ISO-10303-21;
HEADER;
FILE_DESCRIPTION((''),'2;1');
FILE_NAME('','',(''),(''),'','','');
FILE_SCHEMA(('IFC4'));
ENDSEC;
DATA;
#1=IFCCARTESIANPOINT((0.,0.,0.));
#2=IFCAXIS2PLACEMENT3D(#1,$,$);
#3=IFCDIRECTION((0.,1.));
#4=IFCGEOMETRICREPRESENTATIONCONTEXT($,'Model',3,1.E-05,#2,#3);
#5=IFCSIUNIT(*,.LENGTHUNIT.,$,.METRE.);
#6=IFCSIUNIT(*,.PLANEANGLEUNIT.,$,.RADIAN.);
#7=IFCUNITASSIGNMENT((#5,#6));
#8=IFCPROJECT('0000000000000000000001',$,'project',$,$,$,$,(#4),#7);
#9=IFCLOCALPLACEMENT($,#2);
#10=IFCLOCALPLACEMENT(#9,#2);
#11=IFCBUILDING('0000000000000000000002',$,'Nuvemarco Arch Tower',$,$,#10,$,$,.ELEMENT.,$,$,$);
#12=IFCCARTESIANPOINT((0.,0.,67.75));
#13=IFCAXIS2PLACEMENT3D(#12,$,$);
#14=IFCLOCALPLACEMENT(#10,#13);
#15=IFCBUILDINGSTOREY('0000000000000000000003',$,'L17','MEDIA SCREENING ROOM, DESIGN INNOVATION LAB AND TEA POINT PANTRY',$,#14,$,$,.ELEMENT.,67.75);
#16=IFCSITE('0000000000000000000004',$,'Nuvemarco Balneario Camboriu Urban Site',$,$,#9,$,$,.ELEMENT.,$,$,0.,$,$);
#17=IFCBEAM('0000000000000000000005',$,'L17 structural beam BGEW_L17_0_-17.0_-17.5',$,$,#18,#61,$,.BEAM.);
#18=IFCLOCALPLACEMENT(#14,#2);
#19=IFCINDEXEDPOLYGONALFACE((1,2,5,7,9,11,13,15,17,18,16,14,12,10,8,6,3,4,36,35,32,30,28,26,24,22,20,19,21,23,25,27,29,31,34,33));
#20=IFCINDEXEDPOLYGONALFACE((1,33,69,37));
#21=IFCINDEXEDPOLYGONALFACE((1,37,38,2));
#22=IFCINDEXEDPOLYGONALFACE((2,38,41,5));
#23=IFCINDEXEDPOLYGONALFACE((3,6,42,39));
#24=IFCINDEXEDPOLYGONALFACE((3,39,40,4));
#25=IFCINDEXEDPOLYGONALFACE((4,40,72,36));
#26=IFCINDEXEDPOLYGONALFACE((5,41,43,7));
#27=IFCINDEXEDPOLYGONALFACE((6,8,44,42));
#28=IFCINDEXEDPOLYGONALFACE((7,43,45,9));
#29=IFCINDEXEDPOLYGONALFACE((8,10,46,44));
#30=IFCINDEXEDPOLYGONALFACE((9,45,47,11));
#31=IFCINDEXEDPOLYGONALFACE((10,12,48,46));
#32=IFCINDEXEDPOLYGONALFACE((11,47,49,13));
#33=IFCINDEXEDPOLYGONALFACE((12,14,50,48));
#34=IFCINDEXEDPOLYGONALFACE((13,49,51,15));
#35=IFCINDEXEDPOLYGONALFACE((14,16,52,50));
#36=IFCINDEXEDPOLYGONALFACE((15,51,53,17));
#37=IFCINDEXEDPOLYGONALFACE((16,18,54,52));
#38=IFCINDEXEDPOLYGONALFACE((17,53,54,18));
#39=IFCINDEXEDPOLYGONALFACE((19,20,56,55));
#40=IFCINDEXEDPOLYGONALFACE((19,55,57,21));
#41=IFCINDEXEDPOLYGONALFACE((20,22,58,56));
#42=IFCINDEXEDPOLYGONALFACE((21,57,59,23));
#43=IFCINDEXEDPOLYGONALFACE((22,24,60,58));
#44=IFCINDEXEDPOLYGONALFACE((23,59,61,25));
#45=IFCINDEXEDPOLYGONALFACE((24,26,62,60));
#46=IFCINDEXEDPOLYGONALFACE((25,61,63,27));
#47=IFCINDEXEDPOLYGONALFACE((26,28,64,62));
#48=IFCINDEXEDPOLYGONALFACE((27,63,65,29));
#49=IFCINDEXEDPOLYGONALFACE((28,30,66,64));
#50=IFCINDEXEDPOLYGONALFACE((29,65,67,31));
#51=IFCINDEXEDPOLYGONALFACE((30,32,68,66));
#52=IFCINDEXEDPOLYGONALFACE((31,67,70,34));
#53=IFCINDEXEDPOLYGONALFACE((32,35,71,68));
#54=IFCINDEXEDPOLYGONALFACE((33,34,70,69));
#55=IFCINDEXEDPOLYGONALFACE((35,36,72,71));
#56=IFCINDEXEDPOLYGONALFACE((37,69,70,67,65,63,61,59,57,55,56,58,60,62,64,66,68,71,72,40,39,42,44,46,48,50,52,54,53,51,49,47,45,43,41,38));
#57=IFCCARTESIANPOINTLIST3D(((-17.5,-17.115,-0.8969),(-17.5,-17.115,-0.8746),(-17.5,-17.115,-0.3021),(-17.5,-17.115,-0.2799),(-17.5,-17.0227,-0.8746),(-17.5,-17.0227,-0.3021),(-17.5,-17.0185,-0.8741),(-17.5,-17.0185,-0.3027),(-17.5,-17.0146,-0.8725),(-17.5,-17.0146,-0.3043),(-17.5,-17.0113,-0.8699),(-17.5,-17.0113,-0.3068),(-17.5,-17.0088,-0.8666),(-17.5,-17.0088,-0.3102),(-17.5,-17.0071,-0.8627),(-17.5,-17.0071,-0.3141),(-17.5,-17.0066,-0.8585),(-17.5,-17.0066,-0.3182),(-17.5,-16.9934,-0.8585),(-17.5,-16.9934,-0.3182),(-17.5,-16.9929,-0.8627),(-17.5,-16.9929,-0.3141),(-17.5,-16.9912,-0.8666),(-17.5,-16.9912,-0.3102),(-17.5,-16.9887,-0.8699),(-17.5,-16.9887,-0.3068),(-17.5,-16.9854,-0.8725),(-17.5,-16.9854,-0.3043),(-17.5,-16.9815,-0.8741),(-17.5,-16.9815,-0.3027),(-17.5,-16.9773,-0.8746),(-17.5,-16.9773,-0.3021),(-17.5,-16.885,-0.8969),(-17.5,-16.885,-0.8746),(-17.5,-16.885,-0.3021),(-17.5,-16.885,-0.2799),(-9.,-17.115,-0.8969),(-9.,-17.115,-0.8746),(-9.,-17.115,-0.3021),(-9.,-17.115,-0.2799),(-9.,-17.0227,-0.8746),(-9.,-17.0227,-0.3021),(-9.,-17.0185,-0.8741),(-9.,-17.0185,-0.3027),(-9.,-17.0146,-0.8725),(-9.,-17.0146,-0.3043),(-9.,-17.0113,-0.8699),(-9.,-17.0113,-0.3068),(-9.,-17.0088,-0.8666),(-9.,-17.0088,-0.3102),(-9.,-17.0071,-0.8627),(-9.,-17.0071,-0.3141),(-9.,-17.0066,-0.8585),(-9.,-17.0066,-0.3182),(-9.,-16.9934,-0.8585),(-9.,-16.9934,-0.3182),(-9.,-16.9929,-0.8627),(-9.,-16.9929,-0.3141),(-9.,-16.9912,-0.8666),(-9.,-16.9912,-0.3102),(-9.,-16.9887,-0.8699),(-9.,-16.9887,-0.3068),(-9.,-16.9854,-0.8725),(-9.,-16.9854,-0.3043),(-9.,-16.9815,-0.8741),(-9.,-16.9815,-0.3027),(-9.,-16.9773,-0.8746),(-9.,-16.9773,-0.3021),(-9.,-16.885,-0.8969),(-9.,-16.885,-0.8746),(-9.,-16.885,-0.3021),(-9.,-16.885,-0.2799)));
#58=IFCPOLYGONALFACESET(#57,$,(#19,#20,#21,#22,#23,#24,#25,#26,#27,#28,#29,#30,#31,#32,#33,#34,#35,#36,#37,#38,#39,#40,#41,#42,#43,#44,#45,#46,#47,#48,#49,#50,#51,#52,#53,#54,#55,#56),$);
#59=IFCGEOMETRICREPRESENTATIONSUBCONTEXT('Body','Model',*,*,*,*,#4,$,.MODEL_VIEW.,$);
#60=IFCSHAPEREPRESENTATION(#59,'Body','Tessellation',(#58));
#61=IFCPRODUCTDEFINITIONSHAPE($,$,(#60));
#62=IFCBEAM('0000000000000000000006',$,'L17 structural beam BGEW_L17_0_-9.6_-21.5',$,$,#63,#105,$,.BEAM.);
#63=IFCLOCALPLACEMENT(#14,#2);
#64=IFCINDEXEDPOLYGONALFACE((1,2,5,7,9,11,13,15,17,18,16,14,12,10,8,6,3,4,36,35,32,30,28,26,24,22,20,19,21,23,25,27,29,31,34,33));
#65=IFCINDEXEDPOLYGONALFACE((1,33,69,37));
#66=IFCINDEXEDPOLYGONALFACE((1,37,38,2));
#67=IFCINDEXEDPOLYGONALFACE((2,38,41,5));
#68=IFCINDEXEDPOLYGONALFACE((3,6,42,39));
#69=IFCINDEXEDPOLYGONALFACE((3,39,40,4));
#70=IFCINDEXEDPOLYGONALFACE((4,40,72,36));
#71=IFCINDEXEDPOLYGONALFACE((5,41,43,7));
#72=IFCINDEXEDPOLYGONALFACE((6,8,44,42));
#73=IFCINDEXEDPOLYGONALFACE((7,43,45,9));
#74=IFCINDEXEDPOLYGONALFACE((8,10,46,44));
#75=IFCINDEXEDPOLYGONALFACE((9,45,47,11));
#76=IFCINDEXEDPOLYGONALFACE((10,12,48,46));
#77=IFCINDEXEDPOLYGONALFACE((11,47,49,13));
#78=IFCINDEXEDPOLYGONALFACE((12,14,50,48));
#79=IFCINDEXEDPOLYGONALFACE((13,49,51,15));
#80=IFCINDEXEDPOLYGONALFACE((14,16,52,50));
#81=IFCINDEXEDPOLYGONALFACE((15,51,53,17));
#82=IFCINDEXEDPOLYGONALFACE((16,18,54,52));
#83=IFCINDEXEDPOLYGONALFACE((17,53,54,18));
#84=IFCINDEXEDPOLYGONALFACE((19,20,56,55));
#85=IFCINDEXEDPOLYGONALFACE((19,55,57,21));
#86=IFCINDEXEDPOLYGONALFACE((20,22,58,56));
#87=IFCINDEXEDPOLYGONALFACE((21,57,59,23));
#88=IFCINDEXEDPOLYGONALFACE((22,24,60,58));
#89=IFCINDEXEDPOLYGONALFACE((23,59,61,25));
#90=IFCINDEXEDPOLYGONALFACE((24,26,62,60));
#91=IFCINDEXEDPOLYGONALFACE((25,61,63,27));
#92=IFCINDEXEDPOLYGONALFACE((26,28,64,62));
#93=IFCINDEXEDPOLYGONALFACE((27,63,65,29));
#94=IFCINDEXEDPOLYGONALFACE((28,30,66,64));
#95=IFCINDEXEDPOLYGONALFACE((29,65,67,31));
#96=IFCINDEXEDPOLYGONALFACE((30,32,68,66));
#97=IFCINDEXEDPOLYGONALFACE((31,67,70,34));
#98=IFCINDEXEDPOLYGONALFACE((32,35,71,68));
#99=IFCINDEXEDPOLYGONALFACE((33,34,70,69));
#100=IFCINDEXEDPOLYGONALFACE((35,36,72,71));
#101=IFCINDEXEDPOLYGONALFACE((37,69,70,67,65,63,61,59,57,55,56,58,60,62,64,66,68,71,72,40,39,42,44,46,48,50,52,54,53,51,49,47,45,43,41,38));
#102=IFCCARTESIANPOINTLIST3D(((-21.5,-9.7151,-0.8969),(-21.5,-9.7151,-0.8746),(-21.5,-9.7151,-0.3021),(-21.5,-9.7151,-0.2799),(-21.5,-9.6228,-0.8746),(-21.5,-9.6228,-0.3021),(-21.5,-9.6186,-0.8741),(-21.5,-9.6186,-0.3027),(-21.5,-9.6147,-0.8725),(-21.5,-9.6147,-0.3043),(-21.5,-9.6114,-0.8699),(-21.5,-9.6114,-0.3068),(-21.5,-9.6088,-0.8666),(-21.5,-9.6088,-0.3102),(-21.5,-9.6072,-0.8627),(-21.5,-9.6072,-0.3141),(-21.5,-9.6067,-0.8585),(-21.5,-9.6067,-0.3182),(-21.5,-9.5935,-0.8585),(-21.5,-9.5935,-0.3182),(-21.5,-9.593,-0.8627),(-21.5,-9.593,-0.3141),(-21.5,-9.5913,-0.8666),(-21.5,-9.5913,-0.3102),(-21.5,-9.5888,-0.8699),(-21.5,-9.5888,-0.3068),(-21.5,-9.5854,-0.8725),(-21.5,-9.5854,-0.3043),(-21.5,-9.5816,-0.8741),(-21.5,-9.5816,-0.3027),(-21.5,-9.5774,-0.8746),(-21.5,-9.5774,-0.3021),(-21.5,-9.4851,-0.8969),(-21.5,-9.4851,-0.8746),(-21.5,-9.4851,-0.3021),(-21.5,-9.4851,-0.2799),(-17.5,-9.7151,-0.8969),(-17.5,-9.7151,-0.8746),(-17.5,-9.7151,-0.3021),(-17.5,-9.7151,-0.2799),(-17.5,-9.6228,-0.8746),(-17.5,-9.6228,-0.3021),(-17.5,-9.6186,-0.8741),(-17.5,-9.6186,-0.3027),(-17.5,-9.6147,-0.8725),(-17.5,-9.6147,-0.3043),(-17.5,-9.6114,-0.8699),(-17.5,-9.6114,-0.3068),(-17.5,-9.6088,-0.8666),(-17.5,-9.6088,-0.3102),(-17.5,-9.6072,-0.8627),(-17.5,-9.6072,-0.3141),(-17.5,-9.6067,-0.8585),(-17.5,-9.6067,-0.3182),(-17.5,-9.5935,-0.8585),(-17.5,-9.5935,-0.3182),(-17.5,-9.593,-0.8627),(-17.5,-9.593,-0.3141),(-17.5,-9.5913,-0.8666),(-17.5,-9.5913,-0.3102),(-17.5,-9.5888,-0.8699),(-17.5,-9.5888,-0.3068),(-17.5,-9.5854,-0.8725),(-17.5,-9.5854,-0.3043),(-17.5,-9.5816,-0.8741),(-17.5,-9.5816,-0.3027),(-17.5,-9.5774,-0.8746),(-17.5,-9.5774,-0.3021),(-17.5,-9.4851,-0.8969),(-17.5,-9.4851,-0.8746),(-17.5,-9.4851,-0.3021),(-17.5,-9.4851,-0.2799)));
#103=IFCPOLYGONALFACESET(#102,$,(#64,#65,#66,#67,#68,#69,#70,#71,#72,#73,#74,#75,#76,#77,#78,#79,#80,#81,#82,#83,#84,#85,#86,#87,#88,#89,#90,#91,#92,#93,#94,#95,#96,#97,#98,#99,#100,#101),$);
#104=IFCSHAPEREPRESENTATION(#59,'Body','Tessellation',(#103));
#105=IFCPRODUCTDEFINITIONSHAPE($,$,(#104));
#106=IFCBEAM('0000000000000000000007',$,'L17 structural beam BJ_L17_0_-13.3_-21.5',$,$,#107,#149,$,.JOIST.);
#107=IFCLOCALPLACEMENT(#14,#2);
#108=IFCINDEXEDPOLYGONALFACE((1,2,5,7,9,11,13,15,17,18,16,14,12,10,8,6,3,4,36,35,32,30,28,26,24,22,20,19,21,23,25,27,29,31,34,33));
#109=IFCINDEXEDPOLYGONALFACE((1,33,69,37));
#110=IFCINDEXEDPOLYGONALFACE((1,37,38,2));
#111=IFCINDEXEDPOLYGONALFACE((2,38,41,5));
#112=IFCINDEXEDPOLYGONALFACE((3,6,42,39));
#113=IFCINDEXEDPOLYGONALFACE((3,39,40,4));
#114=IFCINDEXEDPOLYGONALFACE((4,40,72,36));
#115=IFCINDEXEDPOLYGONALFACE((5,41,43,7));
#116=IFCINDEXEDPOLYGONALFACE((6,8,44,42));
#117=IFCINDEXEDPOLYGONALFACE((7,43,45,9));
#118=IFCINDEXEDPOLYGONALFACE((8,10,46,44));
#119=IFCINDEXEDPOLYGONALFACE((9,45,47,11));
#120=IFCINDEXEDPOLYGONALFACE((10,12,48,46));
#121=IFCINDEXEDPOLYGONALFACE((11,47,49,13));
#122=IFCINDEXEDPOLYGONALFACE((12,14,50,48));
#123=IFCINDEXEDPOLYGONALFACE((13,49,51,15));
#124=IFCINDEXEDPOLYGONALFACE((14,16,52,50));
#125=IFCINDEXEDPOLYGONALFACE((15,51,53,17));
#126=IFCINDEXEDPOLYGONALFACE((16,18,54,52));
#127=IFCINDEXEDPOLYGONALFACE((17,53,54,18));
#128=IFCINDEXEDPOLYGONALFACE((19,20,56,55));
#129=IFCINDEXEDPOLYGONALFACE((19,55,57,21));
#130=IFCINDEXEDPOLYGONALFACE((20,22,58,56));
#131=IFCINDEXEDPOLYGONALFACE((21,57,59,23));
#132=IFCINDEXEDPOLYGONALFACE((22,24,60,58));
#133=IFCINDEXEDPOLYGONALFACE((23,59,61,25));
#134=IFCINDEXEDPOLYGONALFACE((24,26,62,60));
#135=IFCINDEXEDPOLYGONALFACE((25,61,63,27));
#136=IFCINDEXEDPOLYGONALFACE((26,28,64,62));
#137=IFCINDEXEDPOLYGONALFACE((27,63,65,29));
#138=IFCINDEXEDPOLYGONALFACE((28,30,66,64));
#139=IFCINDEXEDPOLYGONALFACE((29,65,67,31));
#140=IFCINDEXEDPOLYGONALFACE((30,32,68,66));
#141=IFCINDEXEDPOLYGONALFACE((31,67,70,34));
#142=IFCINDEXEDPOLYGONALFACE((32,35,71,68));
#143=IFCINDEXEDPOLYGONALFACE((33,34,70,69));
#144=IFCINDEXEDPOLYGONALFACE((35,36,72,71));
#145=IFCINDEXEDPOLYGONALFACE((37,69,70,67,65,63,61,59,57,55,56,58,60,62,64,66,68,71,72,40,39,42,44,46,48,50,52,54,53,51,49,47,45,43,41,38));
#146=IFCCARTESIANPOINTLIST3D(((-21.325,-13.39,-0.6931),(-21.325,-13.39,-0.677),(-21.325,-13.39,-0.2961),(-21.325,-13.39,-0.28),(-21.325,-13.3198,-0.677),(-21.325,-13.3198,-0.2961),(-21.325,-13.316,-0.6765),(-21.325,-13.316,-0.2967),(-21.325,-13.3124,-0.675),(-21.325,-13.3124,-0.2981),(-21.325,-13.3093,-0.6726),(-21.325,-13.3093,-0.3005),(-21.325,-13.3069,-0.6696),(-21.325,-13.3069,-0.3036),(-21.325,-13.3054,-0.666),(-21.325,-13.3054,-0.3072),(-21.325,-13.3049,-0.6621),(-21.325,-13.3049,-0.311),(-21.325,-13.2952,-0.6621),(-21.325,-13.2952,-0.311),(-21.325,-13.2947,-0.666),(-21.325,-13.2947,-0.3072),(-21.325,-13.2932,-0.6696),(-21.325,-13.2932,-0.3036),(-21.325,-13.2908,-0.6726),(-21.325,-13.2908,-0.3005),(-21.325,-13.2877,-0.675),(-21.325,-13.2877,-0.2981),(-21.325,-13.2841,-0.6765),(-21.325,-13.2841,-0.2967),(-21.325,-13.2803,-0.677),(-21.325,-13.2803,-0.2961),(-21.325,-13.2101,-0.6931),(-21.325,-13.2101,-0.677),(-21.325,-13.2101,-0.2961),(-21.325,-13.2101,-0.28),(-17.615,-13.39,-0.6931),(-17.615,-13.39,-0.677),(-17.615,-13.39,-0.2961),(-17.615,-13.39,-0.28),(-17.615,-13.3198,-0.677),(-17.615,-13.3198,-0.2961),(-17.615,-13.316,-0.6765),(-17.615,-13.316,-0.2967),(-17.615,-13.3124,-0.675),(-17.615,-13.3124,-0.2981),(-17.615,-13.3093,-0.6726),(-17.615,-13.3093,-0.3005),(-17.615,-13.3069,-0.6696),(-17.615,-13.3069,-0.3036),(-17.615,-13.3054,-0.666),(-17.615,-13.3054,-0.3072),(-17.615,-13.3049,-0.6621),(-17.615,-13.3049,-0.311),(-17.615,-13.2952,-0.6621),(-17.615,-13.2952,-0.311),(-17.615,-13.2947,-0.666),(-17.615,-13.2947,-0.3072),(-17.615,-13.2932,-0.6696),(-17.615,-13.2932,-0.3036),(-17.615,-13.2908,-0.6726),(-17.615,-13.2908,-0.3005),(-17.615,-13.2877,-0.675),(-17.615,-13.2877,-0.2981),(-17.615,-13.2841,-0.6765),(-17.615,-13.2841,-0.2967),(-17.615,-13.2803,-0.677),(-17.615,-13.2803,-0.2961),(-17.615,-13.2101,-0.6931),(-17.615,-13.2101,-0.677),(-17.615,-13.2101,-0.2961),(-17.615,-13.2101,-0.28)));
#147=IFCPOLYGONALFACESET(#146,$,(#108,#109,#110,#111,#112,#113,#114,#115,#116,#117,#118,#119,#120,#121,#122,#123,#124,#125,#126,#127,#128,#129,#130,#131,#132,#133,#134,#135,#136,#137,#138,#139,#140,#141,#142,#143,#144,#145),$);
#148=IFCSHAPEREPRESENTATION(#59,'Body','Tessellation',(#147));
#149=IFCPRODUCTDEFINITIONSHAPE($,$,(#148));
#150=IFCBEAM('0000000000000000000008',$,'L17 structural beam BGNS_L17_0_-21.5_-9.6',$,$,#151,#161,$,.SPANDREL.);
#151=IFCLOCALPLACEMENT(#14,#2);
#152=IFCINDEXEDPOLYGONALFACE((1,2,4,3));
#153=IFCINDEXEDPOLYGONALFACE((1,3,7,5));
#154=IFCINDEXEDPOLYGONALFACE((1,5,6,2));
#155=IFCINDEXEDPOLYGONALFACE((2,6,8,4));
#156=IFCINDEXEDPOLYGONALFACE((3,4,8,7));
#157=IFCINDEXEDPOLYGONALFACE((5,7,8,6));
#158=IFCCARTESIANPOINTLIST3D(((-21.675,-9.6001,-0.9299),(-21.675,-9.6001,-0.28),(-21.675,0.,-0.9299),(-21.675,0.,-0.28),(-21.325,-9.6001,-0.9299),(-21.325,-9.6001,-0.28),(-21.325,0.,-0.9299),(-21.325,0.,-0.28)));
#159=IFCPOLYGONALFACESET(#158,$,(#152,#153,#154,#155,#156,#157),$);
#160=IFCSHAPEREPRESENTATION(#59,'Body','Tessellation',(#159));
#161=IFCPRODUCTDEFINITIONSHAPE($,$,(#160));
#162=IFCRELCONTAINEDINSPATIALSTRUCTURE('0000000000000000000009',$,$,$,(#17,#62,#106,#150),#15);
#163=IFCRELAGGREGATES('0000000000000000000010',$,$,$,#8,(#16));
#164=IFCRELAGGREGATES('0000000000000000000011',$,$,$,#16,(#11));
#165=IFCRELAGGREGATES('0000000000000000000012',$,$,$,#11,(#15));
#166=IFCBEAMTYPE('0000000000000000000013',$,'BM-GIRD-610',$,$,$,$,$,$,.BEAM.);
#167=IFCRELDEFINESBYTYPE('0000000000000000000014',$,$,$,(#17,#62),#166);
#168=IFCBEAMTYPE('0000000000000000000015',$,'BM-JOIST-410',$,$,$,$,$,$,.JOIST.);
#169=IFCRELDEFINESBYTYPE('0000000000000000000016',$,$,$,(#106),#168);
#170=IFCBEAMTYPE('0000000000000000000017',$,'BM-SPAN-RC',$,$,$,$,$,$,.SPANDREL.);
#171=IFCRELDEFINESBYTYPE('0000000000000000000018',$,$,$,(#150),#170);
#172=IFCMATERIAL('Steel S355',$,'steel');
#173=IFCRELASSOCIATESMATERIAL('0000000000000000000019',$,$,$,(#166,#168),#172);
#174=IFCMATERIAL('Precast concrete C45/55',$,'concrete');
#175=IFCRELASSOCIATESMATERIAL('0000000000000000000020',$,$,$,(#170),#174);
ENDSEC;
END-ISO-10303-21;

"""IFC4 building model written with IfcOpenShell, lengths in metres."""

from ifc_helpers import new_model, si_unit, direction, frame, origin, origin_2d, place, context, subcontext, project, spatial, rectangle, i_section, extrude, material, material_profile, profile_set, type_object, element, save


model = new_model("IFC4")

# Units and contexts
model_context = context("Model", 3, precision=1e-05, world=origin(), true_north=direction((0.0, 1.0)))
body_context = subcontext(model_context, "Body", "Model", "MODEL_VIEW")
ifc_project = project(units=[si_unit("LENGTHUNIT", "METRE"), si_unit("PLANEANGLEUNIT", "RADIAN")], contexts=[model_context])

# Site, building, storey
site_placement = place(None, origin())
site = spatial("IfcSite", under=ifc_project, at=site_placement, Name="Nuvemarco Balneario Camboriu Urban Site", CompositionType="ELEMENT", RefElevation=0.0)
building_placement = place(site_placement, origin())
building = spatial("IfcBuilding", under=site, at=building_placement, Name="Nuvemarco Arch Tower", CompositionType="ELEMENT")
storey_placement = place(building_placement, frame((0.0, 0.0, 67.75)))
storey = spatial("IfcBuildingStorey", under=building, at=storey_placement, Name="L17", Description="MEDIA SCREENING ROOM, DESIGN INNOVATION LAB AND TEA POINT PANTRY", CompositionType="ELEMENT", Elevation=67.75)

# Shared definitions
ifc_material_1 = material(Name="Steel S355", Category="steel")

# Beams
ifc_material_profile_1 = material_profile(ifc_material_1, i_section(OverallWidth=0.23, OverallDepth=0.6169, WebThickness=0.0132, FlangeThickness=0.0222, FilletRadius=0.0161, at=origin_2d()), Name="W610x140")
ifc_profile_set_1 = profile_set([ifc_material_profile_1], Name="Steel S355")
beam_type_1 = type_object("IfcBeamType", Name="BM-GIRD-610", PredefinedType="BEAM", material=ifc_profile_set_1)
beam_1_placement = place(storey_placement, frame((-17.5, -17.0, -0.5884), z_axis=(1.0, 0.0, 0.0), x_axis=(0.0, 1.0, 0.0)))
element("IfcBeam", 1, at=beam_1_placement, inside=storey, type_object=beam_type_1, Name="L17 structural beam BGEW_L17_0_-17.0_-17.5", PredefinedType="BEAM", context=body_context, shape_type="SweptSolid", body=[
    extrude(i_section(OverallWidth=0.23, OverallDepth=0.6169, WebThickness=0.0132, FlangeThickness=0.0222, FilletRadius=0.0161, at=origin_2d()), origin(), (0.0, 0.0, 1.0), 8.5),
])
beam_2_placement = place(storey_placement, frame((-21.5, -9.6001, -0.5884), z_axis=(1.0, 0.0, 0.0), x_axis=(0.0, 1.0, 0.0)))
element("IfcBeam", 2, at=beam_2_placement, inside=storey, type_object=beam_type_1, Name="L17 structural beam BGEW_L17_0_-9.6_-21.5", PredefinedType="BEAM", context=body_context, shape_type="SweptSolid", body=[
    extrude(i_section(OverallWidth=0.23, OverallDepth=0.6169, WebThickness=0.0132, FlangeThickness=0.0222, FilletRadius=0.0161, at=origin_2d()), origin(), (0.0, 0.0, 1.0), 4.0),
])
ifc_material_profile_2 = material_profile(ifc_material_1, i_section(OverallWidth=0.1799, OverallDepth=0.4131, WebThickness=0.0098, FlangeThickness=0.0161, FilletRadius=0.0149, at=origin_2d()), Name="W410x75")
ifc_profile_set_2 = profile_set([ifc_material_profile_2], Name="Steel S355")
beam_type_2 = type_object("IfcBeamType", Name="BM-JOIST-410", PredefinedType="JOIST", material=ifc_profile_set_2)
beam_3_placement = place(storey_placement, frame((-21.325, -13.3, -0.4866), z_axis=(1.0, 0.0, 0.0), x_axis=(0.0, 1.0, 0.0)))
element("IfcBeam", 3, at=beam_3_placement, inside=storey, type_object=beam_type_2, Name="L17 structural beam BJ_L17_0_-13.3_-21.5", PredefinedType="JOIST", context=body_context, shape_type="SweptSolid", body=[
    extrude(i_section(OverallWidth=0.1799, OverallDepth=0.4131, WebThickness=0.0098, FlangeThickness=0.0161, FilletRadius=0.0149, at=origin_2d()), origin(), (0.0, 0.0, 1.0), 3.71),
])
ifc_material_2 = material(Name="Precast concrete C45/55", Category="concrete")
ifc_material_profile_3 = material_profile(ifc_material_2, rectangle(XDim=0.3501, YDim=0.6499, at=origin_2d()), Name="PC-SP-350x650")
ifc_profile_set_3 = profile_set([ifc_material_profile_3], Name="Precast concrete C45/55")
beam_type_3 = type_object("IfcBeamType", Name="BM-SPAN-RC", PredefinedType="SPANDREL", material=ifc_profile_set_3)
beam_4_placement = place(storey_placement, frame((-21.5, -9.6001, -0.605), z_axis=(0.0, 1.0, 0.0), x_axis=(-1.0, 0.0, 0.0)))
element("IfcBeam", 4, at=beam_4_placement, inside=storey, type_object=beam_type_3, Name="L17 structural beam BGNS_L17_0_-21.5_-9.6", PredefinedType="SPANDREL", context=body_context, shape_type="SweptSolid", body=[
    extrude(rectangle(XDim=0.3501, YDim=0.6499, at=origin_2d()), origin(), (0.0, 0.0, 1.0), 9.6001),
])

save(model, "model.ifc")
